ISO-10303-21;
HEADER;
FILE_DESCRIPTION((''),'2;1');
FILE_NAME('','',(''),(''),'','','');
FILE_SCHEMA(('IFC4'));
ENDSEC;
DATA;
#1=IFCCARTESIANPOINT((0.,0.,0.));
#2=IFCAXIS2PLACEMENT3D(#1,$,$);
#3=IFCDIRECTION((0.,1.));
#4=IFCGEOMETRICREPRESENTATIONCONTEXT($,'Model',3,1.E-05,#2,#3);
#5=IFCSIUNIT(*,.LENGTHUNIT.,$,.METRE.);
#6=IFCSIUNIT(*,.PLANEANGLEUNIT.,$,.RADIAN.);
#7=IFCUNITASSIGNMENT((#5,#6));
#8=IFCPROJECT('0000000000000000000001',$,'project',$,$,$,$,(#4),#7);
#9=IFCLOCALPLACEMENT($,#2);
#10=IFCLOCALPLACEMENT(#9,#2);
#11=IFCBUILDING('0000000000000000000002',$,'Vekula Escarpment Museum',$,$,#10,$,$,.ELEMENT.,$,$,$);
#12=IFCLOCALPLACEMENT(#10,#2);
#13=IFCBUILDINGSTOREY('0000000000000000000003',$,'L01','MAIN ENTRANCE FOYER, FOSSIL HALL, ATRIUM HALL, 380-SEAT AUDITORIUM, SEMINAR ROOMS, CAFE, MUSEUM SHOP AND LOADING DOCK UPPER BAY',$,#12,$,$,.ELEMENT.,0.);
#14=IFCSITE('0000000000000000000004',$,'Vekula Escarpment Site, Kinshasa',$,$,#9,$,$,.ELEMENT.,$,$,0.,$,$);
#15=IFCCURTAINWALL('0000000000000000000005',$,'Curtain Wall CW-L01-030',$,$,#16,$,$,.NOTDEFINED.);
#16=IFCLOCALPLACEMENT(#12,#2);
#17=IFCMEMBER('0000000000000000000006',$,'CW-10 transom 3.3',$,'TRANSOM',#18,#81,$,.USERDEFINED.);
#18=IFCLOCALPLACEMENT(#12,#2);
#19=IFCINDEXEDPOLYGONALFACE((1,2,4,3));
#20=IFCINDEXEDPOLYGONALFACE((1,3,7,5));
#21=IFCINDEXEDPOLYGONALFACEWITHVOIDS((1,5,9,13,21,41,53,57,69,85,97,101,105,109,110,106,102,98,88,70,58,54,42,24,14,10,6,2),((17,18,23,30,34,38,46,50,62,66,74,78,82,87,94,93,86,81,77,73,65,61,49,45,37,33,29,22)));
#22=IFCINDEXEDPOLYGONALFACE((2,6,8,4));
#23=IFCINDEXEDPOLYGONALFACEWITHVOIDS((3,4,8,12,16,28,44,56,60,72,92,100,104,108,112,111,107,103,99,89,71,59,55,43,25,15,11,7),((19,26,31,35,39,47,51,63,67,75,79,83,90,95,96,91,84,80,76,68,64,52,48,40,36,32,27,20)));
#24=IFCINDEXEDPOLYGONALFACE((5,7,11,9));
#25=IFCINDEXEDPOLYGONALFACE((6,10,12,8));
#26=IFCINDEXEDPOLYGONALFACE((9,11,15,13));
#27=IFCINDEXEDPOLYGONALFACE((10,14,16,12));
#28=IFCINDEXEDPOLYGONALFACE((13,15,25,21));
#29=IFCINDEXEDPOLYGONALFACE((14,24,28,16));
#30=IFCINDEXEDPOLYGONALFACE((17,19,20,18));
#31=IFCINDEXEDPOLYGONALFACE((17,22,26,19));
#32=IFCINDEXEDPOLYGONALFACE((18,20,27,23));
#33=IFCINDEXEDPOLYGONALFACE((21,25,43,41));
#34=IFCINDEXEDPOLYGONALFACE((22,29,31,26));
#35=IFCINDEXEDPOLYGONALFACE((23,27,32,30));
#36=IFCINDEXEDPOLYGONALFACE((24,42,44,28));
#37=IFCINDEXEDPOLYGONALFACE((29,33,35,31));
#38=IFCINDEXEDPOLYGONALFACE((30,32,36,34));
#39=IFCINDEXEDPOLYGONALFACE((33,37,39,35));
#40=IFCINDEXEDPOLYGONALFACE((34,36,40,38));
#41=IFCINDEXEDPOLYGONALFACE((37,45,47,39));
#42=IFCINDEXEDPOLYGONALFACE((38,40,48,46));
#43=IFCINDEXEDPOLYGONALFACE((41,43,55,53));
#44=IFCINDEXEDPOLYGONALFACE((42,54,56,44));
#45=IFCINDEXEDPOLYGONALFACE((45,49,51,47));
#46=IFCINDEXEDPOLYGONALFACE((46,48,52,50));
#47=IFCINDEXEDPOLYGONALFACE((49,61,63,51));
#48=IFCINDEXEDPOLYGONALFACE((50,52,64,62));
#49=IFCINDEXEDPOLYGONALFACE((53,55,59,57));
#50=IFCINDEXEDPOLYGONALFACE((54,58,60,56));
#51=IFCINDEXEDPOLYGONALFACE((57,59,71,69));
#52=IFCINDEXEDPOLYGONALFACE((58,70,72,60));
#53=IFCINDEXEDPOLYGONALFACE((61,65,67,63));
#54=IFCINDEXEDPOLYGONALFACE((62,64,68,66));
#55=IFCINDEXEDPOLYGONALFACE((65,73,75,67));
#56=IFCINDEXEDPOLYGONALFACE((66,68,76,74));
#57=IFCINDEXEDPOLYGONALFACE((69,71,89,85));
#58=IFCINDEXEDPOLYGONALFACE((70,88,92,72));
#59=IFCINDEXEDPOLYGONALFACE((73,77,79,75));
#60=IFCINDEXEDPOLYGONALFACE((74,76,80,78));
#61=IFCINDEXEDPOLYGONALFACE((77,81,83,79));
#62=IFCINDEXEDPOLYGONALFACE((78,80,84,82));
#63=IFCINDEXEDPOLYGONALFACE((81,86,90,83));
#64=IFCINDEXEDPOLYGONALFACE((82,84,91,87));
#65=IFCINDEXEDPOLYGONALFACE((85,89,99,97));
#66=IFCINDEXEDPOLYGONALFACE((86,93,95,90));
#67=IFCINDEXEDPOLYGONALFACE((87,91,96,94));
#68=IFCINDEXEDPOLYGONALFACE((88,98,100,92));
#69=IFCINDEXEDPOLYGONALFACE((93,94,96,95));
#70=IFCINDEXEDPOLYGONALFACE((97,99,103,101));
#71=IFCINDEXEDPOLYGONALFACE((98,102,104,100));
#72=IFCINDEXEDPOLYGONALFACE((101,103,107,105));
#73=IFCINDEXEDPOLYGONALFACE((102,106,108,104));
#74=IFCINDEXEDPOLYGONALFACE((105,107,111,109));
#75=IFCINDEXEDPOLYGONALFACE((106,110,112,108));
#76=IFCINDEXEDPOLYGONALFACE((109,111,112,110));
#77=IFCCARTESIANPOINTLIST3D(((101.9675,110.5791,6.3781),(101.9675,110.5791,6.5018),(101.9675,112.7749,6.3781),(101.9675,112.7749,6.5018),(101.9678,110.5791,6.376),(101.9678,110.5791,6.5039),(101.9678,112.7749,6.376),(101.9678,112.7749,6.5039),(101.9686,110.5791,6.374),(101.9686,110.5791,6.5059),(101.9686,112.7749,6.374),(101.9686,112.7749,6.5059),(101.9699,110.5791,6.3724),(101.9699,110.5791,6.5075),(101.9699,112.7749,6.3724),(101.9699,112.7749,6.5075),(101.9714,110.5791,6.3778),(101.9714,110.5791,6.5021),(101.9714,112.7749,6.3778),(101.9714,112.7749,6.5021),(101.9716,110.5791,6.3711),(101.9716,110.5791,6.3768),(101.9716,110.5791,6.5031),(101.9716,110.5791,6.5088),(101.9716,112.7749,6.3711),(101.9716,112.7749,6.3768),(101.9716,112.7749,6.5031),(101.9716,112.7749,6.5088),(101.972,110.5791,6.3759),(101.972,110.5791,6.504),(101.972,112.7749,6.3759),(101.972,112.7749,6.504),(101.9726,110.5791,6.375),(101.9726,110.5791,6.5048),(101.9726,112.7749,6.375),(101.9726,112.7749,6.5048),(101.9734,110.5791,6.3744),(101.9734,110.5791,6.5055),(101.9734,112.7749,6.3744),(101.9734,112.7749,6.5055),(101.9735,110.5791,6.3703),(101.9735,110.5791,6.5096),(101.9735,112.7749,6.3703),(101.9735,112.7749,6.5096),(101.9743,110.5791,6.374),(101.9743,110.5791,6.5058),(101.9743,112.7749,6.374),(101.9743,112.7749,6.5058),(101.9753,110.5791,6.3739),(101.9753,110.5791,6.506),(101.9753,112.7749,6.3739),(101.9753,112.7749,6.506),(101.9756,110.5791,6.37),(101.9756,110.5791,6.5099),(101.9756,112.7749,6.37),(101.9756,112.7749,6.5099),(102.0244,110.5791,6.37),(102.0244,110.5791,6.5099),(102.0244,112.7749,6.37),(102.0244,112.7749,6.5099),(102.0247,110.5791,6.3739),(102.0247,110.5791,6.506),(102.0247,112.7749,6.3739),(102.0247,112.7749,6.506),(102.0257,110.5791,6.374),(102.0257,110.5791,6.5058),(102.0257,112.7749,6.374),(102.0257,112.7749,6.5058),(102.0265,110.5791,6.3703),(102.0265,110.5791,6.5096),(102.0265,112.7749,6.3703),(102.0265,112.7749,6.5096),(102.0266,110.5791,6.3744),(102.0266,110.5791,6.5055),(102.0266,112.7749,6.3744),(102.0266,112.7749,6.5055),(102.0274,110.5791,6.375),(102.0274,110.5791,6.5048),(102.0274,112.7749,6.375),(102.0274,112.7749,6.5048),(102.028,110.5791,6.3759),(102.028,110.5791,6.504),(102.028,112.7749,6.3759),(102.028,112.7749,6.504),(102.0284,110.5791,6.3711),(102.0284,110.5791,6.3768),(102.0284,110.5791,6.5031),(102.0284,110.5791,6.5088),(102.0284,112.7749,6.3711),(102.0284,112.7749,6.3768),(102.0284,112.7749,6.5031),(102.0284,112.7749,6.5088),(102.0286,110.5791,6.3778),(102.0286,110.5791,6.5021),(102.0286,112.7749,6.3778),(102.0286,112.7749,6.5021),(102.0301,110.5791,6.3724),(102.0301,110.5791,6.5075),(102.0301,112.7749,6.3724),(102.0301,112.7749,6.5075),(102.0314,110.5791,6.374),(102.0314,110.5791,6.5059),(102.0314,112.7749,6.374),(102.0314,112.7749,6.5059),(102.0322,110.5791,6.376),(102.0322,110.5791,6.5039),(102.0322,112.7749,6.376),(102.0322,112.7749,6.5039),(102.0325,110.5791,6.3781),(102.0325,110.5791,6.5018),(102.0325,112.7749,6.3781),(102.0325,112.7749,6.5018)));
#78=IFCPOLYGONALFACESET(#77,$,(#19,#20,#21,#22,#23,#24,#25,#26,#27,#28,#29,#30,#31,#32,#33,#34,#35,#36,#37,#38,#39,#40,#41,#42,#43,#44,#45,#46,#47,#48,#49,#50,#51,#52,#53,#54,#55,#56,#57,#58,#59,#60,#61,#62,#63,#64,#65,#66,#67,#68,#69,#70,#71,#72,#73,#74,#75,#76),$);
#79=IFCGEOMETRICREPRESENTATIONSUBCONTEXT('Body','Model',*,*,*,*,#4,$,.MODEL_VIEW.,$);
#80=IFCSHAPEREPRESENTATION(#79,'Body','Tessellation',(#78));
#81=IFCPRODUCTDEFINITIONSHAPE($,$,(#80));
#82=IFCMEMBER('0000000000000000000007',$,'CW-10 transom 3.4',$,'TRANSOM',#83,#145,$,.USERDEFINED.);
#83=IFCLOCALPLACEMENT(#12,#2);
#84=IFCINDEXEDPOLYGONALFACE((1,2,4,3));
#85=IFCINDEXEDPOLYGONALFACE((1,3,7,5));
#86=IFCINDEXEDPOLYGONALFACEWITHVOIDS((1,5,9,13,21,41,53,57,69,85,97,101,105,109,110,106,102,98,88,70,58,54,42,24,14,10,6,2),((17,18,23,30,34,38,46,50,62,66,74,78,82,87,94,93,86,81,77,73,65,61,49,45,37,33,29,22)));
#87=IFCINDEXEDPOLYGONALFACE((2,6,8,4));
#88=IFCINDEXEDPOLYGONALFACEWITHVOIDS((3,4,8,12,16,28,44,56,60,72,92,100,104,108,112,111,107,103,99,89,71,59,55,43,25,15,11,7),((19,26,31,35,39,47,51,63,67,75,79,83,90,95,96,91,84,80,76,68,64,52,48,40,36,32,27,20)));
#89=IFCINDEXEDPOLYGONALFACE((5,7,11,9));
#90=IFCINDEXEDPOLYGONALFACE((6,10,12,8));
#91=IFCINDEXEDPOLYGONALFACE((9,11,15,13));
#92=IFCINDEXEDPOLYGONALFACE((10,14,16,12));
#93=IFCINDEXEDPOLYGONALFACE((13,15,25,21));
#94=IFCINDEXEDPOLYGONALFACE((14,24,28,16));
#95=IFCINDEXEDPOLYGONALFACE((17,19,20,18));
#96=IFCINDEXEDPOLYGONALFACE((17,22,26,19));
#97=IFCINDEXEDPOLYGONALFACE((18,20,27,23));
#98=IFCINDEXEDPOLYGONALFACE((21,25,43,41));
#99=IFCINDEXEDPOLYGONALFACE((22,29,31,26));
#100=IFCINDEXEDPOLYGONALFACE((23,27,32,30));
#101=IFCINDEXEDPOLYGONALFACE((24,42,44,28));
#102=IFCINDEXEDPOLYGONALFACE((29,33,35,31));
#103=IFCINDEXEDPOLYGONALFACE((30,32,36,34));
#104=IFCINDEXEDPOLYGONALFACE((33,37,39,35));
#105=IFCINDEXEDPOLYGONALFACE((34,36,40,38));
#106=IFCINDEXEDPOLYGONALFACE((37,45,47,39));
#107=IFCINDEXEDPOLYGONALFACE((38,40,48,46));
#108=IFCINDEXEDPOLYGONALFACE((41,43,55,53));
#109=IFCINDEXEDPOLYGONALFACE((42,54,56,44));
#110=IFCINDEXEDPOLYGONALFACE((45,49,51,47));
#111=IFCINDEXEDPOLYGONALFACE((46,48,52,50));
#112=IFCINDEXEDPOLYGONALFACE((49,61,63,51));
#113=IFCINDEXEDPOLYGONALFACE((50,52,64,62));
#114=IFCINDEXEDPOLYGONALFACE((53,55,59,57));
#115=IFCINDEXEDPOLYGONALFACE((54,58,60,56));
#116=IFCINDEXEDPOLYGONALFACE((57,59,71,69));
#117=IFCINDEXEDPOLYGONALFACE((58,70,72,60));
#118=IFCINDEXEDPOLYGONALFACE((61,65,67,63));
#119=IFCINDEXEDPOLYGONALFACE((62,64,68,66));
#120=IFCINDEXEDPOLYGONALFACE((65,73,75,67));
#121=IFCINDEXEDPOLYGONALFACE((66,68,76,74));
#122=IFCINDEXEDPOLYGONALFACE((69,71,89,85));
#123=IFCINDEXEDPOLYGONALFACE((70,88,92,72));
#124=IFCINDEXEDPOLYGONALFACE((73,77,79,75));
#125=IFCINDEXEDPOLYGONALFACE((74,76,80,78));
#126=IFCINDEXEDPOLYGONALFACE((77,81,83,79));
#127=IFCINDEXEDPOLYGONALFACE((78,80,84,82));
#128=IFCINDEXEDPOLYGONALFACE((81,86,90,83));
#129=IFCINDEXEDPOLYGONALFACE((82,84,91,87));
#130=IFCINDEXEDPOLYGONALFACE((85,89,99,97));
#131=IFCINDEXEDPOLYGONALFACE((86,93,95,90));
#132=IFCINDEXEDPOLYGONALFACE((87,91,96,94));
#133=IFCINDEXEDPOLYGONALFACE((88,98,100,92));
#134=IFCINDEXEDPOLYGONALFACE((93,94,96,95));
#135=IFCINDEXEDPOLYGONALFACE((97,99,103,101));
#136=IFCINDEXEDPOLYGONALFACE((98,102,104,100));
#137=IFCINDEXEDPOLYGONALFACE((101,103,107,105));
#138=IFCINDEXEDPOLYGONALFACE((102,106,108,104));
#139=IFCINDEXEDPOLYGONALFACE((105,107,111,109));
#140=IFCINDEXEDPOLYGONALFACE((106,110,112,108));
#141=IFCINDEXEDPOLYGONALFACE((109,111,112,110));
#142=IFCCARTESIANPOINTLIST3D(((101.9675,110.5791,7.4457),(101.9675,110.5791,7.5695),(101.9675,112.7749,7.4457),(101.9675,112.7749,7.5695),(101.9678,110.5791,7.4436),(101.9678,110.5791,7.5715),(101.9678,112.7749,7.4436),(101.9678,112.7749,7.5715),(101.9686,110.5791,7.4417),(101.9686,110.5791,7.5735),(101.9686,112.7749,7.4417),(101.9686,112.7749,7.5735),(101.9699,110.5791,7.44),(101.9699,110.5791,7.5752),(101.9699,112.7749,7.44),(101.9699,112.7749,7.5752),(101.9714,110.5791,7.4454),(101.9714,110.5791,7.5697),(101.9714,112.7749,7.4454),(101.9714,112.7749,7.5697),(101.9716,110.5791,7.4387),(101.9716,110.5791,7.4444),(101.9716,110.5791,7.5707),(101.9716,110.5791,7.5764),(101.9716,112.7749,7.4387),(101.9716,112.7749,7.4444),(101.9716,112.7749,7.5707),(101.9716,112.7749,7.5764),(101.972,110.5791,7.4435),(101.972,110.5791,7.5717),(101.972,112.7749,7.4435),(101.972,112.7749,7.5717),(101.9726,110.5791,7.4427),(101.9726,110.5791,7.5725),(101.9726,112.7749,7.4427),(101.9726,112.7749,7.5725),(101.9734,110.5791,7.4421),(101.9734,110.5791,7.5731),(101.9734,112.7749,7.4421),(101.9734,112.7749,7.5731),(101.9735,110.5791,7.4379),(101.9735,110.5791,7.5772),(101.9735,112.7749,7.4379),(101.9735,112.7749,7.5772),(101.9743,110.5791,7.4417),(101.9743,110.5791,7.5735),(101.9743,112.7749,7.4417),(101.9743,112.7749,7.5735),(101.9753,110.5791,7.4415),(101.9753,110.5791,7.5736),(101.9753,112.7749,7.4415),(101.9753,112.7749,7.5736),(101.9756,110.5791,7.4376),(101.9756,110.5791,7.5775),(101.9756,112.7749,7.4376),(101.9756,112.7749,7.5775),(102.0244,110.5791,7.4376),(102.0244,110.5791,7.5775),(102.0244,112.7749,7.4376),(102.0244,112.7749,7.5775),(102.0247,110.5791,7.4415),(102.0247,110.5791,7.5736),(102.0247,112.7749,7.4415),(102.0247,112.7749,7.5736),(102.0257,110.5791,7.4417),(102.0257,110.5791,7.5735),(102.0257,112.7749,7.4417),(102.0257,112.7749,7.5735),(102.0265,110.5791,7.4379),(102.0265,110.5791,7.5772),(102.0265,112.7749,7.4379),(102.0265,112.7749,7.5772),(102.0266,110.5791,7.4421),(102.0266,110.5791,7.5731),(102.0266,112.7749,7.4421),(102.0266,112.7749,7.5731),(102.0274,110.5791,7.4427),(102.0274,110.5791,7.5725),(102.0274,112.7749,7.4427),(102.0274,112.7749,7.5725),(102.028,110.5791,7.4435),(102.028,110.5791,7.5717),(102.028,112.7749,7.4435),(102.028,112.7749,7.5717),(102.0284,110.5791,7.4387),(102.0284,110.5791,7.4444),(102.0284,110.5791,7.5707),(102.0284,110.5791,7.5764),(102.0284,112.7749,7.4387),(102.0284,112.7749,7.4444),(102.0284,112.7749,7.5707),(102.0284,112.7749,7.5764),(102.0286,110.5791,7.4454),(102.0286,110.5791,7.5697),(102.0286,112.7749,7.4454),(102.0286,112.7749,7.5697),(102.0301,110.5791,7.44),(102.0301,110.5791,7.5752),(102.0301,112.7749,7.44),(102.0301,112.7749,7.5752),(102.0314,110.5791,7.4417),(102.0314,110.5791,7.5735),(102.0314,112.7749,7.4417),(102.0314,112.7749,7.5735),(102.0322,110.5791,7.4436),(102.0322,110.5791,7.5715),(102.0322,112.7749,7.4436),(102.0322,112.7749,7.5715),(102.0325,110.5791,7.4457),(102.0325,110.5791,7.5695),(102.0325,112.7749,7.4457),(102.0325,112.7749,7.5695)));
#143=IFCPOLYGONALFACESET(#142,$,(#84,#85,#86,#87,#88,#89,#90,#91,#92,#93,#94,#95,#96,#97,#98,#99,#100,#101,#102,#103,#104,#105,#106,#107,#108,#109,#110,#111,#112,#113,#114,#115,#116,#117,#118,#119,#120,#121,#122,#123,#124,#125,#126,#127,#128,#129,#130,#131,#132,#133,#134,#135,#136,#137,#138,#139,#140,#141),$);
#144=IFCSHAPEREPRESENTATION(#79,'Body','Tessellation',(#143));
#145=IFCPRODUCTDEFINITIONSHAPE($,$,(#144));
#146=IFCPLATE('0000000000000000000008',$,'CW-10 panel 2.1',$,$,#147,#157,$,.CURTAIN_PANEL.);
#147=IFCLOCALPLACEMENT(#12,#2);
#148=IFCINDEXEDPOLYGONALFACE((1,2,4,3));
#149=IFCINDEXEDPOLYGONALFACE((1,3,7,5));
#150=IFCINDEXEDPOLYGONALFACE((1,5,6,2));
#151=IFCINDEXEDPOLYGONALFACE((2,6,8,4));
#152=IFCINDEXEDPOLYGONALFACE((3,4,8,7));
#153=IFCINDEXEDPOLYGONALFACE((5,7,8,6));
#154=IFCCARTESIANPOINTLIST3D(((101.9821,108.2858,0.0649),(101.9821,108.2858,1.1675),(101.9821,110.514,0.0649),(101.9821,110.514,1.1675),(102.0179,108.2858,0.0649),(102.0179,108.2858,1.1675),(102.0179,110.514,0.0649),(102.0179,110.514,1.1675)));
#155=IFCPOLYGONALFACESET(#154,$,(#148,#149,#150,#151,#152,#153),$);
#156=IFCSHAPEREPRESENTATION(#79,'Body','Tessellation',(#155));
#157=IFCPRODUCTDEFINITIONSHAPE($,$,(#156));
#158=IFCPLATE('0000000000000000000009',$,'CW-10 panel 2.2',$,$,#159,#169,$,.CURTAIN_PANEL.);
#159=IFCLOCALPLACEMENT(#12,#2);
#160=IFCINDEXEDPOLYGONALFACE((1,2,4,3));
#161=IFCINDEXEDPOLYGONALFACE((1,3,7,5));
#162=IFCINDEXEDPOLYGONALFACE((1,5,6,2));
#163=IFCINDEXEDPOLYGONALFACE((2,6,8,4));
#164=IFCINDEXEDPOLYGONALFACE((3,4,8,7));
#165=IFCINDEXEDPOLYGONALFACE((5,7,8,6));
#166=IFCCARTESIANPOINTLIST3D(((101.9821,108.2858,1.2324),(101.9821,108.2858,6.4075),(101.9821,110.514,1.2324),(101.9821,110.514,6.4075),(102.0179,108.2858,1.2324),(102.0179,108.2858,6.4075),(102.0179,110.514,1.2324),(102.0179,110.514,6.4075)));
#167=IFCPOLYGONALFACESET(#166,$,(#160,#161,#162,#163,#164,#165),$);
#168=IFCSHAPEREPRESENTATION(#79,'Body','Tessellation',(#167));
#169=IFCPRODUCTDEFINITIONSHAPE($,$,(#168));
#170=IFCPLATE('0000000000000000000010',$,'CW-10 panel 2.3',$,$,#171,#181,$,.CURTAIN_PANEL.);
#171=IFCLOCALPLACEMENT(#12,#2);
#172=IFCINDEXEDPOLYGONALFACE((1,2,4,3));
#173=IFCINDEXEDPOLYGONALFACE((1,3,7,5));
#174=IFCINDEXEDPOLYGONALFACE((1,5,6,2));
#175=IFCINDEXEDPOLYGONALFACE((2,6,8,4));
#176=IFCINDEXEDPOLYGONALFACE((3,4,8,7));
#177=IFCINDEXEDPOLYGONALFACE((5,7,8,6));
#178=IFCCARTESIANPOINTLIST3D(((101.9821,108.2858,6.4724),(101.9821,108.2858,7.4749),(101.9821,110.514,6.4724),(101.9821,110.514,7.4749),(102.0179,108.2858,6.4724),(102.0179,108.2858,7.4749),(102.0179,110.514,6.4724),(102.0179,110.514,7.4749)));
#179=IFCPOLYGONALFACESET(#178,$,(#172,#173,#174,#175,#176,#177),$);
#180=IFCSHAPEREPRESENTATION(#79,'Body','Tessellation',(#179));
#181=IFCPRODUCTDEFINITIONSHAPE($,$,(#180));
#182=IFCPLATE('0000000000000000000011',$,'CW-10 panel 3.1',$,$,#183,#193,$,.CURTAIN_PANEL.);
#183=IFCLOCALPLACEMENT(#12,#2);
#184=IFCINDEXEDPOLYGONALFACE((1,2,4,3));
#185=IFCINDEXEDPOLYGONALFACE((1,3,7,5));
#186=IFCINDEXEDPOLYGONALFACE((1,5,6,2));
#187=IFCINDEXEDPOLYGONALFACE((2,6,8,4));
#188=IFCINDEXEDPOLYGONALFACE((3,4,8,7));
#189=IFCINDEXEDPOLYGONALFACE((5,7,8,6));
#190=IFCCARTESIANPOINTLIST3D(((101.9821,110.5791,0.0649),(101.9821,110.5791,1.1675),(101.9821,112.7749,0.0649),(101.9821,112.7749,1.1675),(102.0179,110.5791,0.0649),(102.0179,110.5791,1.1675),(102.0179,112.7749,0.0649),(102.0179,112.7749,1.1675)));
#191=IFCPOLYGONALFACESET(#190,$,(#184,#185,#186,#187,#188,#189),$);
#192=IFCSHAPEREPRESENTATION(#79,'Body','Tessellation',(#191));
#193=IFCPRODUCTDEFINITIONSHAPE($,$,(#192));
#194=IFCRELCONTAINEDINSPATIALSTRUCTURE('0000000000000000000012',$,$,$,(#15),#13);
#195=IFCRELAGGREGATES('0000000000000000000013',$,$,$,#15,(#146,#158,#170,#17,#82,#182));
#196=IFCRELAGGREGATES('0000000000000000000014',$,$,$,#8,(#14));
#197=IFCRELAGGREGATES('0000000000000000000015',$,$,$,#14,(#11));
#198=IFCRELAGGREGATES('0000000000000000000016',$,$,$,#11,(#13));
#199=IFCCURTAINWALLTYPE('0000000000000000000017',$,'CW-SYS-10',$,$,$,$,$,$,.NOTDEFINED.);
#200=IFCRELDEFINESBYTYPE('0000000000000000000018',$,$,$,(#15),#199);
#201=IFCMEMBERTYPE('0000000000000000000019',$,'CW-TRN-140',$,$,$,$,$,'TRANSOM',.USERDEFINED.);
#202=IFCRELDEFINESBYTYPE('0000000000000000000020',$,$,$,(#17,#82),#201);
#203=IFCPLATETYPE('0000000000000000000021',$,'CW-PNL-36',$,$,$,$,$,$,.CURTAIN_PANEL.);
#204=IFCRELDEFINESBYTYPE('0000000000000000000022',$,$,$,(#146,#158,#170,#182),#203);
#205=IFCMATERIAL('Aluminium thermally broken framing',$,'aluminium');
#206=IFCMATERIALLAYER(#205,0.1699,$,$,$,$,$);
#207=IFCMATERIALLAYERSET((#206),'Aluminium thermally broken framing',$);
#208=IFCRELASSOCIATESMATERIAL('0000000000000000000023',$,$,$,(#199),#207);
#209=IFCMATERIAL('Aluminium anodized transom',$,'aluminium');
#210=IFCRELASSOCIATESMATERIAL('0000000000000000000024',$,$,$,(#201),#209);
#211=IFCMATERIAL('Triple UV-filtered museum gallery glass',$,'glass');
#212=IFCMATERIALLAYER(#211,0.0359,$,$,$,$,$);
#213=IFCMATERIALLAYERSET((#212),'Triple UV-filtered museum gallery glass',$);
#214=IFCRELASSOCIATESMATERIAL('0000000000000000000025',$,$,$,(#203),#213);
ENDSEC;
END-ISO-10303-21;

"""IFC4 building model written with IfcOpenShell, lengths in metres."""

from ifc_helpers import new_model, si_unit, direction, frame, origin, origin_2d, place, context, subcontext, project, spatial, rectangle, hollow_rectangle, extrude, material, layer, layer_set, material_profile, profile_set, type_object, element, aggregate, save


model = new_model("IFC4")

# Units and contexts
model_context = context("Model", 3, precision=1e-05, world=origin(), true_north=direction((0.0, 1.0)))
body_context = subcontext(model_context, "Body", "Model", "MODEL_VIEW")
ifc_project = project(units=[si_unit("LENGTHUNIT", "METRE"), si_unit("PLANEANGLEUNIT", "RADIAN")], contexts=[model_context])

# Site, building, storey
site_placement = place(None, origin())
site = spatial("IfcSite", under=ifc_project, at=site_placement, Name="Vekula Escarpment Site, Kinshasa", CompositionType="ELEMENT", RefElevation=0.0)
building_placement = place(site_placement, origin())
building = spatial("IfcBuilding", under=site, at=building_placement, Name="Vekula Escarpment Museum", CompositionType="ELEMENT")
storey_placement = place(building_placement, origin())
storey = spatial("IfcBuildingStorey", under=building, at=storey_placement, Name="L01", Description="MAIN ENTRANCE FOYER, FOSSIL HALL, ATRIUM HALL, 380-SEAT AUDITORIUM, SEMINAR ROOMS, CAFE, MUSEUM SHOP AND LOADING DOCK UPPER BAY", CompositionType="ELEMENT", Elevation=0.0)

# Curtain wall, members, plates
ifc_material_1 = material(Name="Aluminium thermally broken framing", Category="aluminium")
ifc_layer_1 = layer(ifc_material_1, 0.1699)
ifc_layer_set_1 = layer_set([ifc_layer_1], Name="Aluminium thermally broken framing")
curtain_wall_type = type_object("IfcCurtainWallType", Name="CW-SYS-10", PredefinedType="NOTDEFINED", material=ifc_layer_set_1)
curtain_wall_placement = place(storey_placement, origin())
curtain_wall = element("IfcCurtainWall", 1, at=curtain_wall_placement, inside=storey, type_object=curtain_wall_type, Name="Curtain Wall CW-L01-030", PredefinedType="NOTDEFINED")
ifc_material_2 = material(Name="Aluminium anodized transom", Category="aluminium")
ifc_material_profile_1 = material_profile(ifc_material_2, hollow_rectangle(XDim=0.0649, YDim=0.1399, WallThickness=0.0039, InnerFilletRadius=0.0039, OuterFilletRadius=0.0081, at=origin_2d()), Name="ALU 140x65x4")
ifc_profile_set_1 = profile_set([ifc_material_profile_1], Name="Aluminium anodized transom")
member_type_1 = type_object("IfcMemberType", Name="CW-TRN-140", ElementType="TRANSOM", PredefinedType="USERDEFINED", material=ifc_profile_set_1)
member_1_placement = place(storey_placement, frame((102.0, 110.5791, 6.4399), z_axis=(0.0, 1.0, 0.0), x_axis=(-1.0, 0.0, 0.0)))
member_1 = element("IfcMember", 2, at=member_1_placement, type_object=member_type_1, Name="CW-10 transom 3.3", ObjectType="TRANSOM", PredefinedType="USERDEFINED", context=body_context, shape_type="SweptSolid", body=[
    extrude(hollow_rectangle(XDim=0.0649, YDim=0.1399, WallThickness=0.0039, InnerFilletRadius=0.0039, OuterFilletRadius=0.0081, at=origin_2d()), origin(), (0.0, 0.0, 1.0), 2.1958),
])
member_2_placement = place(storey_placement, frame((102.0, 110.5791, 7.5076), z_axis=(0.0, 1.0, 0.0), x_axis=(-1.0, 0.0, 0.0)))
member_2 = element("IfcMember", 3, at=member_2_placement, type_object=member_type_1, Name="CW-10 transom 3.4", ObjectType="TRANSOM", PredefinedType="USERDEFINED", context=body_context, shape_type="SweptSolid", body=[
    extrude(hollow_rectangle(XDim=0.0649, YDim=0.1399, WallThickness=0.0039, InnerFilletRadius=0.0039, OuterFilletRadius=0.0081, at=origin_2d()), origin(), (0.0, 0.0, 1.0), 2.1958),
])
ifc_material_3 = material(Name="Triple UV-filtered museum gallery glass", Category="glass")
ifc_layer_2 = layer(ifc_material_3, 0.0359)
ifc_layer_set_2 = layer_set([ifc_layer_2], Name="Triple UV-filtered museum gallery glass")
plate_type = type_object("IfcPlateType", Name="CW-PNL-36", PredefinedType="CURTAIN_PANEL", material=ifc_layer_set_2)
plate_1_placement = place(storey_placement, frame((102.0, 109.3999, 0.0649), z_axis=(0.0, 0.0, 1.0), x_axis=(0.0, 1.0, 0.0)))
plate_1 = element("IfcPlate", 4, at=plate_1_placement, type_object=plate_type, Name="CW-10 panel 2.1", PredefinedType="CURTAIN_PANEL", context=body_context, shape_type="SweptSolid", body=[
    extrude(rectangle(XDim=2.2283, YDim=0.0359, at=origin_2d()), origin(), (0.0, 0.0, 1.0), 1.1025),
])
plate_2_placement = place(storey_placement, frame((102.0, 109.3999, 1.2324), z_axis=(0.0, 0.0, 1.0), x_axis=(0.0, 1.0, 0.0)))
plate_2 = element("IfcPlate", 5, at=plate_2_placement, type_object=plate_type, Name="CW-10 panel 2.2", PredefinedType="CURTAIN_PANEL", context=body_context, shape_type="SweptSolid", body=[
    extrude(rectangle(XDim=2.2283, YDim=0.0359, at=origin_2d()), origin(), (0.0, 0.0, 1.0), 5.175),
])
plate_3_placement = place(storey_placement, frame((102.0, 109.3999, 6.4724), z_axis=(0.0, 0.0, 1.0), x_axis=(0.0, 1.0, 0.0)))
plate_3 = element("IfcPlate", 6, at=plate_3_placement, type_object=plate_type, Name="CW-10 panel 2.3", PredefinedType="CURTAIN_PANEL", context=body_context, shape_type="SweptSolid", body=[
    extrude(rectangle(XDim=2.2283, YDim=0.0359, at=origin_2d()), origin(), (0.0, 0.0, 1.0), 1.0024),
])
plate_4_placement = place(storey_placement, frame((102.0, 111.677, 0.0649), z_axis=(0.0, 0.0, 1.0), x_axis=(0.0, 1.0, 0.0)))
plate_4 = element("IfcPlate", 7, at=plate_4_placement, type_object=plate_type, Name="CW-10 panel 3.1", PredefinedType="CURTAIN_PANEL", context=body_context, shape_type="SweptSolid", body=[
    extrude(rectangle(XDim=2.1958, YDim=0.0359, at=origin_2d()), origin(), (0.0, 0.0, 1.0), 1.1025),
])
aggregate(curtain_wall, [plate_1, plate_2, plate_3, member_1, member_2, plate_4])

save(model, "model.ifc")
